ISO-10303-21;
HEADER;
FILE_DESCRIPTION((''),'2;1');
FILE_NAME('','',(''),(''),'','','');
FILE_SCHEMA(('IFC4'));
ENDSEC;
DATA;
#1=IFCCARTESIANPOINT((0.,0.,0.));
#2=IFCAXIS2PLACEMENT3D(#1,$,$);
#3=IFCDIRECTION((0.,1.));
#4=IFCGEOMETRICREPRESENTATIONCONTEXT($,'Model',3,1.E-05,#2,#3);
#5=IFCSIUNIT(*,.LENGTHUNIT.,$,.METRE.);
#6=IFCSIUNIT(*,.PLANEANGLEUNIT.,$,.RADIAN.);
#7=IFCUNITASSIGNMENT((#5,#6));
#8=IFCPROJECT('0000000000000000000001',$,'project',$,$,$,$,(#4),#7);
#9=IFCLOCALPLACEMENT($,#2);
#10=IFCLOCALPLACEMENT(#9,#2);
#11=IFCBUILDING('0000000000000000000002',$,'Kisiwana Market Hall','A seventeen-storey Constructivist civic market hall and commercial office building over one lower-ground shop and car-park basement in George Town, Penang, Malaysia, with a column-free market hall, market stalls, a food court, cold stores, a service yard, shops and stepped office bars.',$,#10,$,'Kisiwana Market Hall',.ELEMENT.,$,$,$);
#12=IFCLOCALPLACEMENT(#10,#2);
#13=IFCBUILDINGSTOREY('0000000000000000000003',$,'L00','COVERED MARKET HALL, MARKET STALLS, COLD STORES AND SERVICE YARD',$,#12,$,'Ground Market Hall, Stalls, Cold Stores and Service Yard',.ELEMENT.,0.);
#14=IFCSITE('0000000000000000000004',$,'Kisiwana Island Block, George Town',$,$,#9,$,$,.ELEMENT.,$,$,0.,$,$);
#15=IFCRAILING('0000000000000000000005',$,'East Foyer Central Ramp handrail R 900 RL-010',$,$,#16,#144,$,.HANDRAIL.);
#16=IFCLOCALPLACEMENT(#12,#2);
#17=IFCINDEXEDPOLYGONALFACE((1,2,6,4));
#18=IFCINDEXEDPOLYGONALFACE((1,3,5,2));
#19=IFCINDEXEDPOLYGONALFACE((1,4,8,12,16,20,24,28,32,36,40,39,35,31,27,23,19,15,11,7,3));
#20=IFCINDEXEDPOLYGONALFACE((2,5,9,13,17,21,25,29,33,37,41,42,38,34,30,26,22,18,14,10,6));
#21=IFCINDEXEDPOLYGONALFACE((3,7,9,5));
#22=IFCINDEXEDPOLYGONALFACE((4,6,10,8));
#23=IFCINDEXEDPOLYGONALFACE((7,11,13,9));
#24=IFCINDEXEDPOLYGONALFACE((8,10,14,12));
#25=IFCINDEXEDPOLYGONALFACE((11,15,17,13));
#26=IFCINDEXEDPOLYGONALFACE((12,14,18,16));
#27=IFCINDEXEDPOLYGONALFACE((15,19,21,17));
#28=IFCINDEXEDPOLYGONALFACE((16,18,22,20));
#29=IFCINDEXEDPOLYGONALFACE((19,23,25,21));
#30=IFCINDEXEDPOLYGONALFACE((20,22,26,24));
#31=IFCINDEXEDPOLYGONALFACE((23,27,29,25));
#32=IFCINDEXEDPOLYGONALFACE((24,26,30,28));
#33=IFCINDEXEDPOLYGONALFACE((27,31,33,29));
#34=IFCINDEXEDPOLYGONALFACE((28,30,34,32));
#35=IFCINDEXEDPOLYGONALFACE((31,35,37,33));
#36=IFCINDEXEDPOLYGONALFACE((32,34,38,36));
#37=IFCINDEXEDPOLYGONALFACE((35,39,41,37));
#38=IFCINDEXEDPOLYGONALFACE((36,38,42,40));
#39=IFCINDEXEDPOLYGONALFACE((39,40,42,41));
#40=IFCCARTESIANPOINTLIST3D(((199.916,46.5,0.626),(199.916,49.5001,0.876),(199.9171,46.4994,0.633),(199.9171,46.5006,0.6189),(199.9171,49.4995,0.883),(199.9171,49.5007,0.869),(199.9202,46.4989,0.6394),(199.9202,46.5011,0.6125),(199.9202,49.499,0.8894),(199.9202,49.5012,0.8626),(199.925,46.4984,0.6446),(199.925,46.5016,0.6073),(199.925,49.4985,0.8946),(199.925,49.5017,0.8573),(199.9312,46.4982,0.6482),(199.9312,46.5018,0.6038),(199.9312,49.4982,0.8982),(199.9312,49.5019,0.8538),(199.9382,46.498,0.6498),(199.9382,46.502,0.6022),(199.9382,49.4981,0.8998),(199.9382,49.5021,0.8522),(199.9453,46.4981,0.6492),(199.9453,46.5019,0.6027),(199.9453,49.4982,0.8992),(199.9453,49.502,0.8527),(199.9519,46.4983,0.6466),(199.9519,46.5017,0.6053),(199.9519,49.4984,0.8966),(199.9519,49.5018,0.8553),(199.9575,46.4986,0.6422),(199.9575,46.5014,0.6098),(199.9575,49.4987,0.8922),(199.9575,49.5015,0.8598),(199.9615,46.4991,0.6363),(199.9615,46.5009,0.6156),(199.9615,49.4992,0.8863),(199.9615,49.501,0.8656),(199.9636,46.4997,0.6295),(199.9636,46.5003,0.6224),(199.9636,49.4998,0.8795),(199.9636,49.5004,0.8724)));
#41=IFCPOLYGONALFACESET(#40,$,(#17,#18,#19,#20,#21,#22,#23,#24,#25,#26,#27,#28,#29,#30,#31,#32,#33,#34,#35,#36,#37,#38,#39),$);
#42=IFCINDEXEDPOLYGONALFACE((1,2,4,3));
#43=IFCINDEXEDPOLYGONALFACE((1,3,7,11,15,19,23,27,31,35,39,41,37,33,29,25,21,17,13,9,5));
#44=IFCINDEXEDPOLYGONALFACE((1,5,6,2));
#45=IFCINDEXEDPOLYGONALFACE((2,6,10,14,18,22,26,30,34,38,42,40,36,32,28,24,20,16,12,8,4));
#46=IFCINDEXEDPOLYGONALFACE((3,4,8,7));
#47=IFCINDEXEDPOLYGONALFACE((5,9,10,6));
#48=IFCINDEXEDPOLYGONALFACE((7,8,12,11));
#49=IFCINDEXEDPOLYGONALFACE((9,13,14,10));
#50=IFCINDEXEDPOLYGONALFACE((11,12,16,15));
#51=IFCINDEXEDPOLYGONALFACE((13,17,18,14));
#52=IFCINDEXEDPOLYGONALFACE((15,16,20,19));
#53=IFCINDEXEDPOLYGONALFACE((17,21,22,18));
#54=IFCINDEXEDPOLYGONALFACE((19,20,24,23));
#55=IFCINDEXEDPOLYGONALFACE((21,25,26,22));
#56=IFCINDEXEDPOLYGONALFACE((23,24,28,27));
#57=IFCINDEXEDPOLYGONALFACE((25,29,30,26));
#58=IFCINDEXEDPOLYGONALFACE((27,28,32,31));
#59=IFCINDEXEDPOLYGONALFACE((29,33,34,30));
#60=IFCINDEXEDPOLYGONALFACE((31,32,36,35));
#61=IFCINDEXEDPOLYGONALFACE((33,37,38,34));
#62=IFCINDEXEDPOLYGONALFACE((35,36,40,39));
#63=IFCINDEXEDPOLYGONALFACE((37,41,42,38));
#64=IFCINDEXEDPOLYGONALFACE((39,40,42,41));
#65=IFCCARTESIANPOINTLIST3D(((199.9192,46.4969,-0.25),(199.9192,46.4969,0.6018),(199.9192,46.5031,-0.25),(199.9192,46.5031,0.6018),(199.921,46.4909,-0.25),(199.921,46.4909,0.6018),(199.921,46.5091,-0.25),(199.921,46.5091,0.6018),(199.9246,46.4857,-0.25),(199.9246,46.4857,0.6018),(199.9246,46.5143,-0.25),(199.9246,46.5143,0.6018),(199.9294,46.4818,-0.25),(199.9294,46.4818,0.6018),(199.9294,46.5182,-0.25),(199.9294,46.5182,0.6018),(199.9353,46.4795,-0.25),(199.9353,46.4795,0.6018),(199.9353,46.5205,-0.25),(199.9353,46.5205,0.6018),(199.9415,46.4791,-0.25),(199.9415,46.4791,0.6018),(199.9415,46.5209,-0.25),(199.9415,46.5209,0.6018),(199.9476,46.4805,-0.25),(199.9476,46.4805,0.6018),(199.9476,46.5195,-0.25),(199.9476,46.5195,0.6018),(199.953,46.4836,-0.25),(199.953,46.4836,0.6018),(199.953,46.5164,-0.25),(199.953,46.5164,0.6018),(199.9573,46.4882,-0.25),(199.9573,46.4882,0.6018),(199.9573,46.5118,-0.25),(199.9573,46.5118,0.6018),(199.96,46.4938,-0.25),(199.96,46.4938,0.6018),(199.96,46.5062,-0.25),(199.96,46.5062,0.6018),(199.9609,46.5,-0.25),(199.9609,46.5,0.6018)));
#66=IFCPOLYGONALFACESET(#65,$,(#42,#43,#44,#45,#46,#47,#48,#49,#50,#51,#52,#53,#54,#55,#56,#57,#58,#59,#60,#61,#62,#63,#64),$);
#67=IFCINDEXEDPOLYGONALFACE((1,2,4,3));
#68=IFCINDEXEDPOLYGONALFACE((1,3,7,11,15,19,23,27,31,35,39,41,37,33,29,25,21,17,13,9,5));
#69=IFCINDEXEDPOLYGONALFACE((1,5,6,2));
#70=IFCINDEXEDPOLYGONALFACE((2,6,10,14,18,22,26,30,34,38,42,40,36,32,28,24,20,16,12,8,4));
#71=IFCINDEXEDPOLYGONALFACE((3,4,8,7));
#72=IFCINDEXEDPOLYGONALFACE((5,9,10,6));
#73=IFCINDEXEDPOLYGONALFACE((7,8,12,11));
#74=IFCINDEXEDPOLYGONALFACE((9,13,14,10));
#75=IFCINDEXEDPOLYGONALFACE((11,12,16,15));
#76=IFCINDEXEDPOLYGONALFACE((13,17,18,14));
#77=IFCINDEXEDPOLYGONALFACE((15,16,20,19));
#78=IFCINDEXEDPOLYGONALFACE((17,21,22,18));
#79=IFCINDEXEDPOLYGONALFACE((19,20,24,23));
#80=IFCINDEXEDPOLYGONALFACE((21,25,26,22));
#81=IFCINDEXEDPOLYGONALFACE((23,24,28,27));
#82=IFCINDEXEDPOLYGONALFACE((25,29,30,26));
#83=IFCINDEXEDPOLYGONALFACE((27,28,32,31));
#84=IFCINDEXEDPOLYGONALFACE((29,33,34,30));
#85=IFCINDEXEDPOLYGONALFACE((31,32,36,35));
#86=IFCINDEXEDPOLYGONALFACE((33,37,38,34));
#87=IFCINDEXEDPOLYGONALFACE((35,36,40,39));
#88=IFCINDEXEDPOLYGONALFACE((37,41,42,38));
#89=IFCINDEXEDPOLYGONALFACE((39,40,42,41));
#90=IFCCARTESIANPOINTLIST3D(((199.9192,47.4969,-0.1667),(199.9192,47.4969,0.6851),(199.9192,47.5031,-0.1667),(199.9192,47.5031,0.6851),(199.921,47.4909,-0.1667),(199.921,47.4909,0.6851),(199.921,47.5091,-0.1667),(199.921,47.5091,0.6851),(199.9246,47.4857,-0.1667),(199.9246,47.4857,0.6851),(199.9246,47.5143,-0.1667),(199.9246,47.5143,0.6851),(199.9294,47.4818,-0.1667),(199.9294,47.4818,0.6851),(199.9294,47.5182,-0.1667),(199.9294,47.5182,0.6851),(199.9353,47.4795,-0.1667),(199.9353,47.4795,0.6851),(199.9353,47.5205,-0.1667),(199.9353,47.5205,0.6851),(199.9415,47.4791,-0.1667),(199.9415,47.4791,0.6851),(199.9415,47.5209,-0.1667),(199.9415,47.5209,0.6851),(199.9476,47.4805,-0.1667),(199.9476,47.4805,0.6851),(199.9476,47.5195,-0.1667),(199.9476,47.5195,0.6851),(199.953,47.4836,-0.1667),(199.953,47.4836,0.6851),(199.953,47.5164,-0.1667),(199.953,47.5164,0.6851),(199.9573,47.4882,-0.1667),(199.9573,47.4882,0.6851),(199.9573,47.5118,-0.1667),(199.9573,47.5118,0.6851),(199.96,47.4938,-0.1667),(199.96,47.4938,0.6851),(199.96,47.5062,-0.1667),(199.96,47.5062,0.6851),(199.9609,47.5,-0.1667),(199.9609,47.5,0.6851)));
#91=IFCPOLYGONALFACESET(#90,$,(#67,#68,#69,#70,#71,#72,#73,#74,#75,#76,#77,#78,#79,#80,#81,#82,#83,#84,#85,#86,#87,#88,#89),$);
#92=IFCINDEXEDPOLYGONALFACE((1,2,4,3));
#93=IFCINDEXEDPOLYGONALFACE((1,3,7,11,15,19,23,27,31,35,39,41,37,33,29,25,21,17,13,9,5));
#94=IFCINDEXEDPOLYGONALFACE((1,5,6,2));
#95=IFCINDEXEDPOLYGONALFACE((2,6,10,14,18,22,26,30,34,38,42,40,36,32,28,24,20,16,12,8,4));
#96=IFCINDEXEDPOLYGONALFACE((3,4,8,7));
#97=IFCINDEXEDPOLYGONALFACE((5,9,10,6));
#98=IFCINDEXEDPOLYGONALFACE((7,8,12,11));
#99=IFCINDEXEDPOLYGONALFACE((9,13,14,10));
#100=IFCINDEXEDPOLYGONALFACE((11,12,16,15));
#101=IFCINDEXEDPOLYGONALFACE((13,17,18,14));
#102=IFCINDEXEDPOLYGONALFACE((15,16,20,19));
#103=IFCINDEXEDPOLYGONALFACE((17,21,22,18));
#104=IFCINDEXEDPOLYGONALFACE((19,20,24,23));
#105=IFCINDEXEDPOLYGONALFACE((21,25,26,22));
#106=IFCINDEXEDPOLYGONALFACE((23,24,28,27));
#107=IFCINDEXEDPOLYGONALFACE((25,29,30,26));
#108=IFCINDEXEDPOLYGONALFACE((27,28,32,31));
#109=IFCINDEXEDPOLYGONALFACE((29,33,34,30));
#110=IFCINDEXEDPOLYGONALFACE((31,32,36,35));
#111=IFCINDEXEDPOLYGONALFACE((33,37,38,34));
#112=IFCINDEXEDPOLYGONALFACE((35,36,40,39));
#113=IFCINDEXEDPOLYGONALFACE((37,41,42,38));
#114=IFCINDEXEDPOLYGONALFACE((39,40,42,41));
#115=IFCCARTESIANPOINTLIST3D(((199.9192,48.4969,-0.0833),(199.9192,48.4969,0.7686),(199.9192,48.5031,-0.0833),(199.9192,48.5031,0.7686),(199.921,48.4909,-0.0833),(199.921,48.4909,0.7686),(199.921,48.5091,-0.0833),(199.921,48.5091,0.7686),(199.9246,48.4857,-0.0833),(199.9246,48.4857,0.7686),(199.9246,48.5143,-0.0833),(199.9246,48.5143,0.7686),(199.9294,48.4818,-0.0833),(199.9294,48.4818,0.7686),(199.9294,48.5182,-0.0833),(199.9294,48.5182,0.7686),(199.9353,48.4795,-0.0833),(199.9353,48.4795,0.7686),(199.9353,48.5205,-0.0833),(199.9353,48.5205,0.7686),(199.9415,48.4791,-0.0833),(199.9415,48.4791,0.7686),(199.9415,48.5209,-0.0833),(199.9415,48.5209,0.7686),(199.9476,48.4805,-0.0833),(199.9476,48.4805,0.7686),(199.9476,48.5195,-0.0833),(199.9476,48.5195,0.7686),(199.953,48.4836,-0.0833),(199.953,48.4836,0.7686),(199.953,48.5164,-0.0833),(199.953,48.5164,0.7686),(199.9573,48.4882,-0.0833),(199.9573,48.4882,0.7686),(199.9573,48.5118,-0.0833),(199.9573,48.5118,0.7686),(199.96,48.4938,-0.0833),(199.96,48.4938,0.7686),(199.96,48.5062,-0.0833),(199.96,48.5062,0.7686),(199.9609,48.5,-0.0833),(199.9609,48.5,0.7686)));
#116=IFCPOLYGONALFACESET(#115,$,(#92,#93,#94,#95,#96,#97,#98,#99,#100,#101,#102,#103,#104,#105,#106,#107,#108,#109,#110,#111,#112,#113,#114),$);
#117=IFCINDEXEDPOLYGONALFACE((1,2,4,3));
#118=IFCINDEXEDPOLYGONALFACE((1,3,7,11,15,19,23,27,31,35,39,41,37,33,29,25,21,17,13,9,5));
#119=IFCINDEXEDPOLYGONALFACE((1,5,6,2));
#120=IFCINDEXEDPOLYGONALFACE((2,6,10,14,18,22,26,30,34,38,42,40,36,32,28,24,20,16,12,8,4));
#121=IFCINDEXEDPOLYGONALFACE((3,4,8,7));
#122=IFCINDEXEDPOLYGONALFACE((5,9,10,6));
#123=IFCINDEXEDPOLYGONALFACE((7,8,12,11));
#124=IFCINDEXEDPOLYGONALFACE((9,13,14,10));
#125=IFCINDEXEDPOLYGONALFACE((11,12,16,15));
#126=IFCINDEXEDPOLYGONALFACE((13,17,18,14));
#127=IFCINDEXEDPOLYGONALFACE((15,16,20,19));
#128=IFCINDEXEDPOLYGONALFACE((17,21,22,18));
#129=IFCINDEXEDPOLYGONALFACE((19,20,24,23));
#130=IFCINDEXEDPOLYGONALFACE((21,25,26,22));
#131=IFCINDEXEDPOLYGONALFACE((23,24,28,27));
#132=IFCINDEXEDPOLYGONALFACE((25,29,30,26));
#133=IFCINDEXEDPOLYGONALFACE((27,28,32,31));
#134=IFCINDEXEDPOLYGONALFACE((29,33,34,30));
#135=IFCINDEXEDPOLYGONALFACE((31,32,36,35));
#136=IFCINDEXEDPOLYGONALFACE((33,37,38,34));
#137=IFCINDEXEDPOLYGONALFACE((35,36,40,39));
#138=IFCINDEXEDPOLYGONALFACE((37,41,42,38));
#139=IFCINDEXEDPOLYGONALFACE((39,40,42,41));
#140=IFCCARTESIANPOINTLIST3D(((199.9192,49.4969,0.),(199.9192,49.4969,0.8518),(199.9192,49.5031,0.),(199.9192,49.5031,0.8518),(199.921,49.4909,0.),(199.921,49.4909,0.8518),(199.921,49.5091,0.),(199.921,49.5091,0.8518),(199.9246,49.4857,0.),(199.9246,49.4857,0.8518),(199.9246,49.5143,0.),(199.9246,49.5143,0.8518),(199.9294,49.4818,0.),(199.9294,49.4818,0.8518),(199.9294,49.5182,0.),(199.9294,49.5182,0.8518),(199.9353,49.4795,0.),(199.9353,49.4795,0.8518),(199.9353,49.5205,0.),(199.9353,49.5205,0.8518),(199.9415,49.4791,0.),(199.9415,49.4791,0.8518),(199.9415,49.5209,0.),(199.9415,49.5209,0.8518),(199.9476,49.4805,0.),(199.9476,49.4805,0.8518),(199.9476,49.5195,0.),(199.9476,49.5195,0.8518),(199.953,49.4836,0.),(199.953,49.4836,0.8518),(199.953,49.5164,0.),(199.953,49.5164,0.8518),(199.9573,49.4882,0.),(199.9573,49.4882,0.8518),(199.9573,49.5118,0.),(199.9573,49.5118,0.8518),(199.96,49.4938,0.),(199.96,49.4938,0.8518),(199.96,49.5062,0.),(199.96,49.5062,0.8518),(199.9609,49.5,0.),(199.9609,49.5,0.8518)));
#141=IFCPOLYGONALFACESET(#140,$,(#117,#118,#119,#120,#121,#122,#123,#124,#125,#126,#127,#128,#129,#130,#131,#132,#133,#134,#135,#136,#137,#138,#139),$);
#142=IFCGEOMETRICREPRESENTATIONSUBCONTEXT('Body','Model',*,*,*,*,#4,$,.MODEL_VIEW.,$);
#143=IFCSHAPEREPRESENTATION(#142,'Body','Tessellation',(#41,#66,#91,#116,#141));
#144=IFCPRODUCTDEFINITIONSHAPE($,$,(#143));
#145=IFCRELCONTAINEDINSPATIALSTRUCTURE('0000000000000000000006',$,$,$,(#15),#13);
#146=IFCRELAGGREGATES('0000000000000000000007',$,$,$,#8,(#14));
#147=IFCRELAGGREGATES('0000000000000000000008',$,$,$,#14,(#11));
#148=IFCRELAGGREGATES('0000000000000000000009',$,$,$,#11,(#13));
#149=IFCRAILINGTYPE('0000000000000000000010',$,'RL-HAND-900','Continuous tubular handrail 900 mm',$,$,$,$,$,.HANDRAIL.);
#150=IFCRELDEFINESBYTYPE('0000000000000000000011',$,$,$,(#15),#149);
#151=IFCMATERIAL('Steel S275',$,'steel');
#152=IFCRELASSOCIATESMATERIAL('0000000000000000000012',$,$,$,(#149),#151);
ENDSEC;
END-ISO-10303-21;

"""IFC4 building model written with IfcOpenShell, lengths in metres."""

from ifc_helpers import new_model, si_unit, direction, frame, origin, origin_2d, place, context, subcontext, project, spatial, circle, extrude, material, type_object, element, save


model = new_model("IFC4")

# Units and contexts
model_context = context("Model", 3, precision=1e-05, world=origin(), true_north=direction((0.0, 1.0)))
body_context = subcontext(model_context, "Body", "Model", "MODEL_VIEW")
ifc_project = project(units=[si_unit("LENGTHUNIT", "METRE"), si_unit("PLANEANGLEUNIT", "RADIAN")], contexts=[model_context])

# Site, building, storey
site_placement = place(None, origin())
site = spatial("IfcSite", under=ifc_project, at=site_placement, Name="Kisiwana Island Block, George Town", CompositionType="ELEMENT", RefElevation=0.0)
building_placement = place(site_placement, origin())
building = spatial("IfcBuilding", under=site, at=building_placement, Name="Kisiwana Market Hall", Description="A seventeen-storey Constructivist civic market hall and commercial office building over one lower-ground shop and car-park basement in George Town, Penang, Malaysia, with a column-free market hall, market stalls, a food court, cold stores, a service yard, shops and stepped office bars.", LongName="Kisiwana Market Hall", CompositionType="ELEMENT")
storey_placement = place(building_placement, origin())
storey = spatial("IfcBuildingStorey", under=building, at=storey_placement, Name="L00", Description="COVERED MARKET HALL, MARKET STALLS, COLD STORES AND SERVICE YARD", LongName="Ground Market Hall, Stalls, Cold Stores and Service Yard", CompositionType="ELEMENT", Elevation=0.0)

# Railing
ifc_material_1 = material(Name="Steel S275", Category="steel")
railing_type = type_object("IfcRailingType", Name="RL-HAND-900", Description="Continuous tubular handrail 900 mm", PredefinedType="HANDRAIL", material=ifc_material_1)
for number, where, name in (
    (1, (199.9399, 46.5, -0.25), "East Foyer Central Ramp handrail R 900 RL-010"),
):
    element("IfcRailing", number, at=place(storey_placement, frame(where)), inside=storey, type_object=railing_type, Name=name, PredefinedType="HANDRAIL", context=body_context, shape_type="SweptSolid", body=[
        extrude(circle(Radius=0.0239, at=origin_2d()), frame((0.0, 0.0, 0.876), z_axis=(0.0, 0.996546, 0.083045), x_axis=(-1.0, 0.0, 0.0)), (0.0, 0.0, 1.0), 3.0105),
        extrude(circle(Radius=0.021, at=origin_2d()), origin(), (0.0, 0.0, 1.0), 0.8518),
        extrude(circle(Radius=0.021, at=origin_2d()), frame((0.0, 1.0, 0.0833)), (0.0, 0.0, 1.0), 0.8518),
        extrude(circle(Radius=0.021, at=origin_2d()), frame((0.0, 2.0, 0.1667)), (0.0, 0.0, 1.0), 0.8518),
        extrude(circle(Radius=0.021, at=origin_2d()), frame((0.0, 3.0, 0.25)), (0.0, 0.0, 1.0), 0.8518),
    ])

save(model, "model.ifc")
